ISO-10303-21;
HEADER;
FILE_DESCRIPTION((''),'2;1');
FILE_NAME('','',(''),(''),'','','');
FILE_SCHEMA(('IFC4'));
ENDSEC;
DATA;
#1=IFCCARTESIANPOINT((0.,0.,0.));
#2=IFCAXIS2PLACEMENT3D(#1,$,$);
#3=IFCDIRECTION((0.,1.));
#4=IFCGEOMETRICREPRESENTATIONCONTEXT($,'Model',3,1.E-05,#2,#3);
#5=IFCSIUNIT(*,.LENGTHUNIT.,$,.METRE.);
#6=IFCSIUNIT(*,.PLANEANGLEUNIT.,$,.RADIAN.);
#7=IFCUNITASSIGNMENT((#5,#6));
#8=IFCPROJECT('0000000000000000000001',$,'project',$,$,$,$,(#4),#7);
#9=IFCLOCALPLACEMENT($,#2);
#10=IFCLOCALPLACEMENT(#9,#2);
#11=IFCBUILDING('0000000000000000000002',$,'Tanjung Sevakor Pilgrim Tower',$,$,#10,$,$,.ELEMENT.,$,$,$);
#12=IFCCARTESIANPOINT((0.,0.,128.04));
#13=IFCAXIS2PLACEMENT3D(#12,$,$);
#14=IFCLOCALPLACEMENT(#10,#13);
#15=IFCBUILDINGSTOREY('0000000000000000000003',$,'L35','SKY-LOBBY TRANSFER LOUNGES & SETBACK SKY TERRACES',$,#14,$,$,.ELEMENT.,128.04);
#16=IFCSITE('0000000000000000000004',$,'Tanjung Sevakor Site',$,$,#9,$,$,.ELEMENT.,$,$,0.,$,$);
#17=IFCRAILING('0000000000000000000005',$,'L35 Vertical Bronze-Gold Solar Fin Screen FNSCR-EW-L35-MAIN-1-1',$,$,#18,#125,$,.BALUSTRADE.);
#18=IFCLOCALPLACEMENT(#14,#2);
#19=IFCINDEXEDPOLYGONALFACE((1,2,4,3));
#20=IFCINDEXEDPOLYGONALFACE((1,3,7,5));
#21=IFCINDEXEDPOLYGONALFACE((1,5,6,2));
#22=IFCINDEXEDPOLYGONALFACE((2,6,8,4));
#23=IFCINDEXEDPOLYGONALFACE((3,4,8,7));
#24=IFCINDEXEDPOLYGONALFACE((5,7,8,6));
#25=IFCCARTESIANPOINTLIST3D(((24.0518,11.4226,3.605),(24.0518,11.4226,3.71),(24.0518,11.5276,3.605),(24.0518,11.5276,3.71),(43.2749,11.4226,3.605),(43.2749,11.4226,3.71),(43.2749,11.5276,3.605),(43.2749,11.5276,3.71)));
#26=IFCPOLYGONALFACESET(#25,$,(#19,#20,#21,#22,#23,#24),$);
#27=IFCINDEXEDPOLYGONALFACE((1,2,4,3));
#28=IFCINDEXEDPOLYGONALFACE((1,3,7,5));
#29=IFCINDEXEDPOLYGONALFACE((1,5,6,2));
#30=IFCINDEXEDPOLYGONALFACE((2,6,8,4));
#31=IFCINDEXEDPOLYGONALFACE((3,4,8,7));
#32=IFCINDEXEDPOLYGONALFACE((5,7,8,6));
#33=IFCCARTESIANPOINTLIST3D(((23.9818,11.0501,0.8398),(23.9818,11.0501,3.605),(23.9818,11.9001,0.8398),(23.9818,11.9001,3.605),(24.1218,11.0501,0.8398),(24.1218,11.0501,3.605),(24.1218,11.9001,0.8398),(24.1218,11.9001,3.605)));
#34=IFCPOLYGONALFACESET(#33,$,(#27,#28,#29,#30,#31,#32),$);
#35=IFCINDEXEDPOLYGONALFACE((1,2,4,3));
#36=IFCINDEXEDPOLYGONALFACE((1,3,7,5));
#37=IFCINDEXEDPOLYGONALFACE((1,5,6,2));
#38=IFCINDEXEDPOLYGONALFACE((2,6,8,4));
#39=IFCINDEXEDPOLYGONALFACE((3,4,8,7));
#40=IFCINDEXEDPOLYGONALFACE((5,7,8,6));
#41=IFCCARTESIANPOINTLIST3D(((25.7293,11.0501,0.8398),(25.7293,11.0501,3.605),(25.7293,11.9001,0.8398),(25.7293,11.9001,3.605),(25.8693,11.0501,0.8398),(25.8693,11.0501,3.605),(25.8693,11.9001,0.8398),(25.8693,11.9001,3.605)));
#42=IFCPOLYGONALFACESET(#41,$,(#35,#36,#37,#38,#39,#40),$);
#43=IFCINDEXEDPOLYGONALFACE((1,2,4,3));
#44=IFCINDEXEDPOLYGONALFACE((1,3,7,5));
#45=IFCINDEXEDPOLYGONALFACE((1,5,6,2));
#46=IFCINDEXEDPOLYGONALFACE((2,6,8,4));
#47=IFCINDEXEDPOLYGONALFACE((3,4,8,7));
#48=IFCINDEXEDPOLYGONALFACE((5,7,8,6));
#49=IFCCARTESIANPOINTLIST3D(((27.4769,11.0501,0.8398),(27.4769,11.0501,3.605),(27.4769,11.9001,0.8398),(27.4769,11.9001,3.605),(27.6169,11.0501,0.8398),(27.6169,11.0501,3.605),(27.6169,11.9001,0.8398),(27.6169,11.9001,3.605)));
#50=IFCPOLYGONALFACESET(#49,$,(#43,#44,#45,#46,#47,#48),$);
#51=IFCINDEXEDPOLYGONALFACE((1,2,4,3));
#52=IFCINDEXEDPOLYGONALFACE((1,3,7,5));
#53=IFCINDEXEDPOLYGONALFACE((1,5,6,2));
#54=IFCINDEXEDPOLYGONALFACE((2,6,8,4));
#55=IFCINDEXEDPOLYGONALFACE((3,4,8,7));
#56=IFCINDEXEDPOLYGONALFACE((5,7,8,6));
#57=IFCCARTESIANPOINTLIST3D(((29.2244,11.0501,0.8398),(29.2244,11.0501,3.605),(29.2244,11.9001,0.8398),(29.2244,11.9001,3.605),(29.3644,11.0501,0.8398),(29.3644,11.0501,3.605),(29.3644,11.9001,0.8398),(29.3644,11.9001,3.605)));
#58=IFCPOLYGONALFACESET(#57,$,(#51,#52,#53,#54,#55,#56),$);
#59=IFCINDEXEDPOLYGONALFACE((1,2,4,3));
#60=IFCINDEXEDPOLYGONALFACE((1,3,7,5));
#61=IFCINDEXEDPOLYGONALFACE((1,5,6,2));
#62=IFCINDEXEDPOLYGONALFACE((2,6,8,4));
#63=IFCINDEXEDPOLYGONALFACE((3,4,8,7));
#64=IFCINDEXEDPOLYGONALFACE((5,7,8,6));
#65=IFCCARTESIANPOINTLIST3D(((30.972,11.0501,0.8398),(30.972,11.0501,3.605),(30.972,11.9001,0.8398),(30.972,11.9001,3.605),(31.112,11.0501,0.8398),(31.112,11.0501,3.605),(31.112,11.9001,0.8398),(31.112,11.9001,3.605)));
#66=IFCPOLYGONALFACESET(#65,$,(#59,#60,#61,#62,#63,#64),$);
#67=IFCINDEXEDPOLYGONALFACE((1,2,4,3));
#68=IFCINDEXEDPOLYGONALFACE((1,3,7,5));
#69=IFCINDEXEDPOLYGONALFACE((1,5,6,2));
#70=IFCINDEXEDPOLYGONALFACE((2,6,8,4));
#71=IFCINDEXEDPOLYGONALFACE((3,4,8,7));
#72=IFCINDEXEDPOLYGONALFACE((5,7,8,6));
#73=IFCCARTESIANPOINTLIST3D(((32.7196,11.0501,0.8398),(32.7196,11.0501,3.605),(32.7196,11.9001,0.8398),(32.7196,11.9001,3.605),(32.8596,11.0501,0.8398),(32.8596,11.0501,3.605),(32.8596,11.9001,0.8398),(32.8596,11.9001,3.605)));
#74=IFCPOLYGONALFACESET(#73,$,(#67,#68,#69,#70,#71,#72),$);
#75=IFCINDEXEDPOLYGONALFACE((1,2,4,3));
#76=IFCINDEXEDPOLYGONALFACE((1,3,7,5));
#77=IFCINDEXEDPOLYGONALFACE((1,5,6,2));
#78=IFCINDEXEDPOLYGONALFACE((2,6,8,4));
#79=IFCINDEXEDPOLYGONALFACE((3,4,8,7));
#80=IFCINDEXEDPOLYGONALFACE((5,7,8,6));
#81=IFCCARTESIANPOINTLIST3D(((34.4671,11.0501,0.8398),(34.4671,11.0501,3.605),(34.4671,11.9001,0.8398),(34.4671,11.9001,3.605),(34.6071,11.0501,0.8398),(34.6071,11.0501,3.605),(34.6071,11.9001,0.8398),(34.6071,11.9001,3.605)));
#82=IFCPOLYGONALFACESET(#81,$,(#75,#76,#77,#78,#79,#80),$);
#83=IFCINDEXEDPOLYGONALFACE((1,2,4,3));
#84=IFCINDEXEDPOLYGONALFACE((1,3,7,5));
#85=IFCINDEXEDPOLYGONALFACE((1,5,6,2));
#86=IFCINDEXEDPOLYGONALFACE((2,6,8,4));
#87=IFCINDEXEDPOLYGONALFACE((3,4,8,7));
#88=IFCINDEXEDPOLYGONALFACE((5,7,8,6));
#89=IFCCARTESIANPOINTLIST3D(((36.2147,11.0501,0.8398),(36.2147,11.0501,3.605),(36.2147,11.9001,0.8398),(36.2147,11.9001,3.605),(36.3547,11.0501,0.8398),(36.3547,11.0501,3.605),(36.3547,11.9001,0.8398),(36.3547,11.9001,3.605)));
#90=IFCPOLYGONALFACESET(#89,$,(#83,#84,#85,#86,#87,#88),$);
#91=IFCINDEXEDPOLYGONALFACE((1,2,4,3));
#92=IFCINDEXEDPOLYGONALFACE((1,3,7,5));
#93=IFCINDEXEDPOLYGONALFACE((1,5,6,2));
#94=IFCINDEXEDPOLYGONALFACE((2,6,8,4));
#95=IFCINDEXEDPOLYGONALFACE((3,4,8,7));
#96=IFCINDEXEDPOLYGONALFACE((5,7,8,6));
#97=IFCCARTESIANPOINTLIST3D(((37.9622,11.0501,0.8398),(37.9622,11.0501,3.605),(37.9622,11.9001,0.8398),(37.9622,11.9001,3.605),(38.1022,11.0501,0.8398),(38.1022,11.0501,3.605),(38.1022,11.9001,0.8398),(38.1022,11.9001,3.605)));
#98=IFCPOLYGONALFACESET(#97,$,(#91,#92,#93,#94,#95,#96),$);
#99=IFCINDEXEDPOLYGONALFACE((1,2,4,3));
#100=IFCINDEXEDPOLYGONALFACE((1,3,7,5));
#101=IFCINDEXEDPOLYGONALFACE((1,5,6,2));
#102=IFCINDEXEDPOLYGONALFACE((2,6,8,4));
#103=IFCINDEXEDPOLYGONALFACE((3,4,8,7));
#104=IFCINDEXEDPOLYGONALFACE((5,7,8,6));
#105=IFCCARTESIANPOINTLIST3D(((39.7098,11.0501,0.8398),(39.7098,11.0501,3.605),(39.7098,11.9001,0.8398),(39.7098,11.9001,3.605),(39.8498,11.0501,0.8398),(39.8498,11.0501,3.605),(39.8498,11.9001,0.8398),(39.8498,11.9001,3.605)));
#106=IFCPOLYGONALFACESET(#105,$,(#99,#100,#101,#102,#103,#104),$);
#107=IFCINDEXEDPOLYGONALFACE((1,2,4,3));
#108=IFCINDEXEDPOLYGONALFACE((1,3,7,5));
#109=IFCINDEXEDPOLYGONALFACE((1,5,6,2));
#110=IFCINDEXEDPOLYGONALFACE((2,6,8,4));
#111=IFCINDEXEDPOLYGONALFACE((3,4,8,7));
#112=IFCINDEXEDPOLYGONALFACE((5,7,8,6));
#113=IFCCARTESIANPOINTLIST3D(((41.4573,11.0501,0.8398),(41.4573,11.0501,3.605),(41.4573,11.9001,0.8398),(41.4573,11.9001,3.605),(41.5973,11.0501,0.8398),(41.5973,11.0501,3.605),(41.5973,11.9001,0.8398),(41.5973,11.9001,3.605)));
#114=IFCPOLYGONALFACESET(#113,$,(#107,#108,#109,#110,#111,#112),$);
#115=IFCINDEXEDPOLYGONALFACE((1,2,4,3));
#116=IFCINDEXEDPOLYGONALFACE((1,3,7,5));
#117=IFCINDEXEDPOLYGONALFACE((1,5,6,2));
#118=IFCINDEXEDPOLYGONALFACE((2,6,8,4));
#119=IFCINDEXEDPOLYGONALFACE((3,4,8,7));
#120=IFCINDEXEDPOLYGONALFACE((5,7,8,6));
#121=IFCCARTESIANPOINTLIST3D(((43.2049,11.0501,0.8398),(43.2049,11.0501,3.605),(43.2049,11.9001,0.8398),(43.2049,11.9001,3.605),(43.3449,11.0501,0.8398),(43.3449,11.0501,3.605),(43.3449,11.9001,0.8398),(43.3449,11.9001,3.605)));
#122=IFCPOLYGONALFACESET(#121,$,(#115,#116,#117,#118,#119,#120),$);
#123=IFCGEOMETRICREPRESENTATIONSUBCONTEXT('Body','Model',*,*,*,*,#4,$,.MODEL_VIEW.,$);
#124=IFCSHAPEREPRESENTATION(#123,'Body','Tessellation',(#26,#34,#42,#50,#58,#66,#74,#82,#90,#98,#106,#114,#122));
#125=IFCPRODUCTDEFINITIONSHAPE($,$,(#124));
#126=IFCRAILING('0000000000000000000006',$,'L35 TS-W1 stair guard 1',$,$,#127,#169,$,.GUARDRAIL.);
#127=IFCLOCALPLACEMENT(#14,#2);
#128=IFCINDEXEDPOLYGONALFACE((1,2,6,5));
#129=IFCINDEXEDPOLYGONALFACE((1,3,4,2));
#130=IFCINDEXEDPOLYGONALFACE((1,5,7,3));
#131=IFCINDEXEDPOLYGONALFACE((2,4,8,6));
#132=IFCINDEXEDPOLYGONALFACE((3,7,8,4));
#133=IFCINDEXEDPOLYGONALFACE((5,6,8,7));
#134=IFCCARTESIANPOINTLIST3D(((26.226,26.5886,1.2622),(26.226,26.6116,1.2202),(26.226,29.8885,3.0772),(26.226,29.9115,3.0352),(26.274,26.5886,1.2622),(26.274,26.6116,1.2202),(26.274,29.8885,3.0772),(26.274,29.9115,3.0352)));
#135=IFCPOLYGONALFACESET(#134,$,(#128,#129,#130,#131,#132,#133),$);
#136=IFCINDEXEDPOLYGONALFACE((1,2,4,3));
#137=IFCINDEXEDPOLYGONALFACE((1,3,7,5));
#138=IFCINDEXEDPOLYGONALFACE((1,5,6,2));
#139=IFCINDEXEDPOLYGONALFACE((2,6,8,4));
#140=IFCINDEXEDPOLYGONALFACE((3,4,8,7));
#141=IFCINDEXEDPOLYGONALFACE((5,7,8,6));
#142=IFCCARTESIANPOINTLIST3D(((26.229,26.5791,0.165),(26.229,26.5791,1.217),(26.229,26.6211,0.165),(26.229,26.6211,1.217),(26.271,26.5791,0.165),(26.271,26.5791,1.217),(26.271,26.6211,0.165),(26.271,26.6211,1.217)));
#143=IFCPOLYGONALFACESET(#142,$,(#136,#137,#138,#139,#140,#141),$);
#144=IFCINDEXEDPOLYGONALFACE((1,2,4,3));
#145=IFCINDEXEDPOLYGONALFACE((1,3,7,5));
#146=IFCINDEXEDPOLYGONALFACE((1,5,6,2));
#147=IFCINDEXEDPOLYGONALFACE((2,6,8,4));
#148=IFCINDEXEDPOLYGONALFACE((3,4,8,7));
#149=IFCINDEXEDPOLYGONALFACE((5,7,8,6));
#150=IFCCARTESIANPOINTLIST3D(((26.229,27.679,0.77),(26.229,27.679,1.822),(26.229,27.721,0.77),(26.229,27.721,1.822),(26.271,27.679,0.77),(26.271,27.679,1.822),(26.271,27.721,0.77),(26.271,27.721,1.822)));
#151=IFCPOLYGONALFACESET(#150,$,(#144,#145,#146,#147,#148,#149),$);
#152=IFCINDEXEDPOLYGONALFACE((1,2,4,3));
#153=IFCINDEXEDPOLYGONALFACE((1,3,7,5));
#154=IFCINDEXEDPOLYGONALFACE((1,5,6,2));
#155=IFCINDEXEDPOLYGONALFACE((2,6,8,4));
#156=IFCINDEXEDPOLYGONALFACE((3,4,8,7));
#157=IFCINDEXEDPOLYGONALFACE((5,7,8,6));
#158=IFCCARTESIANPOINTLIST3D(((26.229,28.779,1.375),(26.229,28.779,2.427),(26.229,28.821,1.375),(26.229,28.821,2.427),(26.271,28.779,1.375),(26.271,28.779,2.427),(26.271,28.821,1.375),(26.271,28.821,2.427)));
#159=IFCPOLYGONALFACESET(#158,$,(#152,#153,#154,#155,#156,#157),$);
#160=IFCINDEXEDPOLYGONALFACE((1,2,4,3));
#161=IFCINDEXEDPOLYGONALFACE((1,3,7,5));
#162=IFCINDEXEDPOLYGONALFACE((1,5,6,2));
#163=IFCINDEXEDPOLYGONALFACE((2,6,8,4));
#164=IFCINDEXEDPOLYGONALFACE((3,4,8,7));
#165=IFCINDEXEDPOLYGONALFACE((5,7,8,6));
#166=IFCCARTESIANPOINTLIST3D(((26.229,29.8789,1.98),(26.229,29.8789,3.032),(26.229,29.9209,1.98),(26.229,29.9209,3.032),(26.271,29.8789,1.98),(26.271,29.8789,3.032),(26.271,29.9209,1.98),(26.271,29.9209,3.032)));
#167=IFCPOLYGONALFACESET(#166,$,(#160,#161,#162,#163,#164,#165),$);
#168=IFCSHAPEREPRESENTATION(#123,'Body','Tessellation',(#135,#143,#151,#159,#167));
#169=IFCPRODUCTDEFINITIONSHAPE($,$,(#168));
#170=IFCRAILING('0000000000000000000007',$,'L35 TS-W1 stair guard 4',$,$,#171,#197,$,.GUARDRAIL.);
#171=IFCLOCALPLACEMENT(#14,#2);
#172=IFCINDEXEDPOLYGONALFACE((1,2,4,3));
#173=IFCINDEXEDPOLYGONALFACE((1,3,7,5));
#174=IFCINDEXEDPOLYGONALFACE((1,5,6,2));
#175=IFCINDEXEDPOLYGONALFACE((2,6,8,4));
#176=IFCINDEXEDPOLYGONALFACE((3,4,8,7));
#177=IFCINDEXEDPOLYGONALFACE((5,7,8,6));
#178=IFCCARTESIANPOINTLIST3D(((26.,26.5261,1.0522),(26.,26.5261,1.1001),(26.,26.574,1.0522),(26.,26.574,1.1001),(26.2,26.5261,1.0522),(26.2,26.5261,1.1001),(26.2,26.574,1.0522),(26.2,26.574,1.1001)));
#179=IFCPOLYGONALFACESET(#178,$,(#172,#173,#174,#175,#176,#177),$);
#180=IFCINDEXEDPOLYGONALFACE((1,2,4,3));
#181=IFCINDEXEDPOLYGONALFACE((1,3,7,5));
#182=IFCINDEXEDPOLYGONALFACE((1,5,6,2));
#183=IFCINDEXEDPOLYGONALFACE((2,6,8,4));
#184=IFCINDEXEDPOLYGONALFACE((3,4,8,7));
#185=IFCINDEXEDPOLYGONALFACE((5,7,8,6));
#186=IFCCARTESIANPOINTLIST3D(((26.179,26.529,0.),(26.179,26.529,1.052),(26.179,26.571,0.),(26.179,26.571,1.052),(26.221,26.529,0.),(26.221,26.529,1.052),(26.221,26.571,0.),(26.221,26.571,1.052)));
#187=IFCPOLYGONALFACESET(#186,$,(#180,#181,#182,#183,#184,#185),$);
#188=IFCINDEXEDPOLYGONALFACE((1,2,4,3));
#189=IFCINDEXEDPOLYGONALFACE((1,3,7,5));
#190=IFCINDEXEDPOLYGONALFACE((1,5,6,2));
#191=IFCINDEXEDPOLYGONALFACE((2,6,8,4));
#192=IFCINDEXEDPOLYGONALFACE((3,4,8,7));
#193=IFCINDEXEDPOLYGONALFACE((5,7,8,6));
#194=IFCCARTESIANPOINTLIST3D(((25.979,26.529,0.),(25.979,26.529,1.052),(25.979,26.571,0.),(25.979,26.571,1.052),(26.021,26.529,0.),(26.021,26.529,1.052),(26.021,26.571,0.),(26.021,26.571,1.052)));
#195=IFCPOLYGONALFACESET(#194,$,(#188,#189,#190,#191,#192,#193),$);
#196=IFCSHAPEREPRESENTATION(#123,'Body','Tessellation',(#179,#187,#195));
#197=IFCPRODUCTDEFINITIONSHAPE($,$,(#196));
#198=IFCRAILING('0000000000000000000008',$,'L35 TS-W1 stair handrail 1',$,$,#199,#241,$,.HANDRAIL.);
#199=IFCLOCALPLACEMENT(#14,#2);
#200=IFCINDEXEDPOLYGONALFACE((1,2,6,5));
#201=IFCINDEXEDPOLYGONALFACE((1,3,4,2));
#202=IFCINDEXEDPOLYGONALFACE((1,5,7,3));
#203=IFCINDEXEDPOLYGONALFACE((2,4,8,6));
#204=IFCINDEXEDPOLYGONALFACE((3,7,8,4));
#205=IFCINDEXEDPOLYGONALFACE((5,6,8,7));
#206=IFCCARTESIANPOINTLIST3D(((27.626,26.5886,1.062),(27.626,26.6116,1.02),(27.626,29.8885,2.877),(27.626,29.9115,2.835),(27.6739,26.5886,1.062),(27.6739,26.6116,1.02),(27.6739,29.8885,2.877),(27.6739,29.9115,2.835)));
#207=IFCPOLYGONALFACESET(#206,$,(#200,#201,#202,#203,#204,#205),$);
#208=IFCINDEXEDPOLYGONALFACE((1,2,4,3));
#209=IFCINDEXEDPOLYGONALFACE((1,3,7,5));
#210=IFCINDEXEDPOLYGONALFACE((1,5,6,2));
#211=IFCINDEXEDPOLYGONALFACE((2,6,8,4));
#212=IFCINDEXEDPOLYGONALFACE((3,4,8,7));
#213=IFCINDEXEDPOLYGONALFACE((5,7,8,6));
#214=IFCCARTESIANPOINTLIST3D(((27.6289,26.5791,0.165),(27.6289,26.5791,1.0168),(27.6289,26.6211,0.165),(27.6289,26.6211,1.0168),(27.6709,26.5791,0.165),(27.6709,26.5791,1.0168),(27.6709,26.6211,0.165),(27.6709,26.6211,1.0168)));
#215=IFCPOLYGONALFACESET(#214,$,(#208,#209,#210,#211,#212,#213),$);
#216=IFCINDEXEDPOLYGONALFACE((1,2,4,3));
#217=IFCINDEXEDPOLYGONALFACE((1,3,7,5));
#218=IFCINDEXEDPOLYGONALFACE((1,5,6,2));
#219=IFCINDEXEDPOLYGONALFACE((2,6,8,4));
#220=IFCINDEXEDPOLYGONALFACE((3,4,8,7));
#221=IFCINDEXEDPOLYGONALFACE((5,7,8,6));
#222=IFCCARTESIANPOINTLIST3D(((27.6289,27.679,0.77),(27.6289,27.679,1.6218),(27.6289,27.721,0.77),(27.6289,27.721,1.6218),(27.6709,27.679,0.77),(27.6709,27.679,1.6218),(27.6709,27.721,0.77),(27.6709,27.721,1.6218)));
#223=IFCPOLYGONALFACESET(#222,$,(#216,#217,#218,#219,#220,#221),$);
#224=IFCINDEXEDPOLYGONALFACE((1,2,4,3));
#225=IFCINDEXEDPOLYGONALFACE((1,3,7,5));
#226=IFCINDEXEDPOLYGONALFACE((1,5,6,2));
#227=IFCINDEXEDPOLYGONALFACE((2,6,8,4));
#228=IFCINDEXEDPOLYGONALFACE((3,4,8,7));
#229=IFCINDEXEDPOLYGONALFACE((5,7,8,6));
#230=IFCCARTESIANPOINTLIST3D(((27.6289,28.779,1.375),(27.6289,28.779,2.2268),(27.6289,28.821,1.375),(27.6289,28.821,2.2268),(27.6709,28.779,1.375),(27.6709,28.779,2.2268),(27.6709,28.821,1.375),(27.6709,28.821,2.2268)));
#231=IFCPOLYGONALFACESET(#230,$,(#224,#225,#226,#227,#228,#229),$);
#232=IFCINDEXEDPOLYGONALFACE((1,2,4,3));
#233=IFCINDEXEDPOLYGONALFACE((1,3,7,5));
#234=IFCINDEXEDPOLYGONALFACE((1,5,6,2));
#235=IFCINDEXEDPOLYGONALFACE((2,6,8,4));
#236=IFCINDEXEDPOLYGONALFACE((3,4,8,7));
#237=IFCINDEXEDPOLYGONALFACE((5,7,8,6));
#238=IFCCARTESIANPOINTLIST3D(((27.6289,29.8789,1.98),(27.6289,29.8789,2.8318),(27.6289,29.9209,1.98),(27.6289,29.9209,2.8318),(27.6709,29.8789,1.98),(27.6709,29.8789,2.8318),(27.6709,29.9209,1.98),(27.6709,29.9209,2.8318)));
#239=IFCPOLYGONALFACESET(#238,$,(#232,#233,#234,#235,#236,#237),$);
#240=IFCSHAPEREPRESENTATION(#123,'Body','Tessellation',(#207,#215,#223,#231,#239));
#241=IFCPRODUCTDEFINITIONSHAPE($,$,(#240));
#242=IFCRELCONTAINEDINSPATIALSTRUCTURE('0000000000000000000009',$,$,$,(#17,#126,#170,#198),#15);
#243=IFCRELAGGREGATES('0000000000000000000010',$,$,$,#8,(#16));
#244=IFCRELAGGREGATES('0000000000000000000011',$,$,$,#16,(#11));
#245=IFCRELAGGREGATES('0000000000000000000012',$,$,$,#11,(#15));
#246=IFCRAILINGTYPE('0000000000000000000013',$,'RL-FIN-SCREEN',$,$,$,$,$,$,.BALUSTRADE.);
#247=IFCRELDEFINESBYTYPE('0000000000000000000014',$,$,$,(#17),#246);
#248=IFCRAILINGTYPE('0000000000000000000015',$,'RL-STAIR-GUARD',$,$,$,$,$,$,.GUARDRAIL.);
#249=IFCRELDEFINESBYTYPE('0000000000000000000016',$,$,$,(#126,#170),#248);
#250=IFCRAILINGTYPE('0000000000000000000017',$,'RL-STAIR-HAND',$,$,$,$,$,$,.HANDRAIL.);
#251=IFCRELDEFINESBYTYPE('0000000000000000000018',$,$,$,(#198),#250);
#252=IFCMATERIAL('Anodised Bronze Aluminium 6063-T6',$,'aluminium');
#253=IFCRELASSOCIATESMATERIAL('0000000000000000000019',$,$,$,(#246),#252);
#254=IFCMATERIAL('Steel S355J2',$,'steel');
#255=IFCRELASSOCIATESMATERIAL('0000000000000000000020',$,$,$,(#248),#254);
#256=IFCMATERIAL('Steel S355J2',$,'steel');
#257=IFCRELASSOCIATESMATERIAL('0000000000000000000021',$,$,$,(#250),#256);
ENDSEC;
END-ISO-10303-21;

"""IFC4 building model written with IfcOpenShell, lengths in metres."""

from ifc_helpers import new_model, si_unit, direction, frame, origin, place, context, subcontext, project, spatial, rectangle, extrude, material, type_object, element, save


model = new_model("IFC4")

# Units and contexts
model_context = context("Model", 3, precision=1e-05, world=origin(), true_north=direction((0.0, 1.0)))
body_context = subcontext(model_context, "Body", "Model", "MODEL_VIEW")
ifc_project = project(units=[si_unit("LENGTHUNIT", "METRE"), si_unit("PLANEANGLEUNIT", "RADIAN")], contexts=[model_context])

# Site, building, storey
site_placement = place(None, origin())
site = spatial("IfcSite", under=ifc_project, at=site_placement, Name="Tanjung Sevakor Site", CompositionType="ELEMENT", RefElevation=0.0)
building_placement = place(site_placement, origin())
building = spatial("IfcBuilding", under=site, at=building_placement, Name="Tanjung Sevakor Pilgrim Tower", CompositionType="ELEMENT")
storey_placement = place(building_placement, frame((0.0, 0.0, 128.04)))
storey = spatial("IfcBuildingStorey", under=building, at=storey_placement, Name="L35", Description="SKY-LOBBY TRANSFER LOUNGES & SETBACK SKY TERRACES", CompositionType="ELEMENT", Elevation=128.04)

# Railings
ifc_material_1 = material(Name="Anodised Bronze Aluminium 6063-T6", Category="aluminium")
railing_type_1 = type_object("IfcRailingType", Name="RL-FIN-SCREEN", PredefinedType="BALUSTRADE", material=ifc_material_1)
railing_1_placement = place(storey_placement, frame((24.0518, 11.4751, 0.8398)))
element("IfcRailing", 1, at=railing_1_placement, inside=storey, type_object=railing_type_1, Name="L35 Vertical Bronze-Gold Solar Fin Screen FNSCR-EW-L35-MAIN-1-1", PredefinedType="BALUSTRADE", context=body_context, shape_type="SweptSolid", body=[
    extrude(rectangle(XDim=0.105, YDim=0.105), frame((0.0, 0.0, 2.8176), z_axis=(1.0, 0.0, 0.0), x_axis=(0.0, 1.0, 0.0)), (0.0, 0.0, 1.0), 19.2231),
    extrude(rectangle(XDim=0.14, YDim=0.85), origin(), (0.0, 0.0, 1.0), 2.7651),
    extrude(rectangle(XDim=0.14, YDim=0.85), frame((1.7476, 0.0, 0.0)), (0.0, 0.0, 1.0), 2.7651),
    extrude(rectangle(XDim=0.14, YDim=0.85), frame((3.4951, 0.0, 0.0)), (0.0, 0.0, 1.0), 2.7651),
    extrude(rectangle(XDim=0.14, YDim=0.85), frame((5.2427, 0.0, 0.0)), (0.0, 0.0, 1.0), 2.7651),
    extrude(rectangle(XDim=0.14, YDim=0.85), frame((6.9902, 0.0, 0.0)), (0.0, 0.0, 1.0), 2.7651),
    extrude(rectangle(XDim=0.14, YDim=0.85), frame((8.7378, 0.0, 0.0)), (0.0, 0.0, 1.0), 2.7651),
    extrude(rectangle(XDim=0.14, YDim=0.85), frame((10.4854, 0.0, 0.0)), (0.0, 0.0, 1.0), 2.7651),
    extrude(rectangle(XDim=0.14, YDim=0.85), frame((12.2329, 0.0, 0.0)), (0.0, 0.0, 1.0), 2.7651),
    extrude(rectangle(XDim=0.14, YDim=0.85), frame((13.9805, 0.0, 0.0)), (0.0, 0.0, 1.0), 2.7651),
    extrude(rectangle(XDim=0.14, YDim=0.85), frame((15.728, 0.0, 0.0)), (0.0, 0.0, 1.0), 2.7651),
    extrude(rectangle(XDim=0.14, YDim=0.85), frame((17.4756, 0.0, 0.0)), (0.0, 0.0, 1.0), 2.7651),
    extrude(rectangle(XDim=0.14, YDim=0.85), frame((19.2231, 0.0, 0.0)), (0.0, 0.0, 1.0), 2.7651),
])
ifc_material_2 = material(Name="Steel S355J2", Category="steel")
railing_type_2 = type_object("IfcRailingType", Name="RL-STAIR-GUARD", PredefinedType="GUARDRAIL", material=ifc_material_2)
railing_2_placement = place(storey_placement, frame((26.25, 26.6001, 0.165)))
element("IfcRailing", 2, at=railing_2_placement, inside=storey, type_object=railing_type_2, Name="L35 TS-W1 stair guard 1", PredefinedType="GUARDRAIL", context=body_context, shape_type="SweptSolid", body=[
    extrude(rectangle(XDim=0.0479, YDim=0.0479), frame((0.0, 0.0, 1.0762), z_axis=(0.0, 0.87621, 0.481929), x_axis=(-1.0, 0.0, 0.0)), (0.0, 0.0, 1.0), 3.7661),
    extrude(rectangle(XDim=0.042, YDim=0.042), origin(), (0.0, 0.0, 1.0), 1.052),
    extrude(rectangle(XDim=0.042, YDim=0.042), frame((0.0, 1.0999, 0.605)), (0.0, 0.0, 1.0), 1.052),
    extrude(rectangle(XDim=0.042, YDim=0.042), frame((0.0, 2.2, 1.21)), (0.0, 0.0, 1.0), 1.052),
    extrude(rectangle(XDim=0.042, YDim=0.042), frame((0.0, 3.2998, 1.8149)), (0.0, 0.0, 1.0), 1.052),
])
railing_3_placement = place(storey_placement, frame((26.2, 26.55, 0.0)))
element("IfcRailing", 3, at=railing_3_placement, inside=storey, type_object=railing_type_2, Name="L35 TS-W1 stair guard 4", PredefinedType="GUARDRAIL", context=body_context, shape_type="SweptSolid", body=[
    extrude(rectangle(XDim=0.0479, YDim=0.0479), frame((0.0, 0.0, 1.0762), z_axis=(-1.0, 0.0, 0.0), x_axis=(0.0, -1.0, 0.0)), (0.0, 0.0, 1.0), 0.2),
    extrude(rectangle(XDim=0.042, YDim=0.042), origin(), (0.0, 0.0, 1.0), 1.052),
    extrude(rectangle(XDim=0.042, YDim=0.042), frame((-0.2, 0.0, 0.0)), (0.0, 0.0, 1.0), 1.052),
])
ifc_material_3 = material(Name="Steel S355J2", Category="steel")
railing_type_3 = type_object("IfcRailingType", Name="RL-STAIR-HAND", PredefinedType="HANDRAIL", material=ifc_material_3)
railing_4_placement = place(storey_placement, frame((27.6499, 26.6001, 0.165)))
element("IfcRailing", 4, at=railing_4_placement, inside=storey, type_object=railing_type_3, Name="L35 TS-W1 stair handrail 1", PredefinedType="HANDRAIL", context=body_context, shape_type="SweptSolid", body=[
    extrude(rectangle(XDim=0.0479, YDim=0.0479), frame((0.0, 0.0, 0.876), z_axis=(0.0, 0.87621, 0.481929), x_axis=(-1.0, 0.0, 0.0)), (0.0, 0.0, 1.0), 3.7661),
    extrude(rectangle(XDim=0.042, YDim=0.042), origin(), (0.0, 0.0, 1.0), 0.8518),
    extrude(rectangle(XDim=0.042, YDim=0.042), frame((0.0, 1.0999, 0.605)), (0.0, 0.0, 1.0), 0.8518),
    extrude(rectangle(XDim=0.042, YDim=0.042), frame((0.0, 2.2, 1.21)), (0.0, 0.0, 1.0), 0.8518),
    extrude(rectangle(XDim=0.042, YDim=0.042), frame((0.0, 3.2998, 1.8149)), (0.0, 0.0, 1.0), 0.8518),
])

save(model, "model.ifc")
